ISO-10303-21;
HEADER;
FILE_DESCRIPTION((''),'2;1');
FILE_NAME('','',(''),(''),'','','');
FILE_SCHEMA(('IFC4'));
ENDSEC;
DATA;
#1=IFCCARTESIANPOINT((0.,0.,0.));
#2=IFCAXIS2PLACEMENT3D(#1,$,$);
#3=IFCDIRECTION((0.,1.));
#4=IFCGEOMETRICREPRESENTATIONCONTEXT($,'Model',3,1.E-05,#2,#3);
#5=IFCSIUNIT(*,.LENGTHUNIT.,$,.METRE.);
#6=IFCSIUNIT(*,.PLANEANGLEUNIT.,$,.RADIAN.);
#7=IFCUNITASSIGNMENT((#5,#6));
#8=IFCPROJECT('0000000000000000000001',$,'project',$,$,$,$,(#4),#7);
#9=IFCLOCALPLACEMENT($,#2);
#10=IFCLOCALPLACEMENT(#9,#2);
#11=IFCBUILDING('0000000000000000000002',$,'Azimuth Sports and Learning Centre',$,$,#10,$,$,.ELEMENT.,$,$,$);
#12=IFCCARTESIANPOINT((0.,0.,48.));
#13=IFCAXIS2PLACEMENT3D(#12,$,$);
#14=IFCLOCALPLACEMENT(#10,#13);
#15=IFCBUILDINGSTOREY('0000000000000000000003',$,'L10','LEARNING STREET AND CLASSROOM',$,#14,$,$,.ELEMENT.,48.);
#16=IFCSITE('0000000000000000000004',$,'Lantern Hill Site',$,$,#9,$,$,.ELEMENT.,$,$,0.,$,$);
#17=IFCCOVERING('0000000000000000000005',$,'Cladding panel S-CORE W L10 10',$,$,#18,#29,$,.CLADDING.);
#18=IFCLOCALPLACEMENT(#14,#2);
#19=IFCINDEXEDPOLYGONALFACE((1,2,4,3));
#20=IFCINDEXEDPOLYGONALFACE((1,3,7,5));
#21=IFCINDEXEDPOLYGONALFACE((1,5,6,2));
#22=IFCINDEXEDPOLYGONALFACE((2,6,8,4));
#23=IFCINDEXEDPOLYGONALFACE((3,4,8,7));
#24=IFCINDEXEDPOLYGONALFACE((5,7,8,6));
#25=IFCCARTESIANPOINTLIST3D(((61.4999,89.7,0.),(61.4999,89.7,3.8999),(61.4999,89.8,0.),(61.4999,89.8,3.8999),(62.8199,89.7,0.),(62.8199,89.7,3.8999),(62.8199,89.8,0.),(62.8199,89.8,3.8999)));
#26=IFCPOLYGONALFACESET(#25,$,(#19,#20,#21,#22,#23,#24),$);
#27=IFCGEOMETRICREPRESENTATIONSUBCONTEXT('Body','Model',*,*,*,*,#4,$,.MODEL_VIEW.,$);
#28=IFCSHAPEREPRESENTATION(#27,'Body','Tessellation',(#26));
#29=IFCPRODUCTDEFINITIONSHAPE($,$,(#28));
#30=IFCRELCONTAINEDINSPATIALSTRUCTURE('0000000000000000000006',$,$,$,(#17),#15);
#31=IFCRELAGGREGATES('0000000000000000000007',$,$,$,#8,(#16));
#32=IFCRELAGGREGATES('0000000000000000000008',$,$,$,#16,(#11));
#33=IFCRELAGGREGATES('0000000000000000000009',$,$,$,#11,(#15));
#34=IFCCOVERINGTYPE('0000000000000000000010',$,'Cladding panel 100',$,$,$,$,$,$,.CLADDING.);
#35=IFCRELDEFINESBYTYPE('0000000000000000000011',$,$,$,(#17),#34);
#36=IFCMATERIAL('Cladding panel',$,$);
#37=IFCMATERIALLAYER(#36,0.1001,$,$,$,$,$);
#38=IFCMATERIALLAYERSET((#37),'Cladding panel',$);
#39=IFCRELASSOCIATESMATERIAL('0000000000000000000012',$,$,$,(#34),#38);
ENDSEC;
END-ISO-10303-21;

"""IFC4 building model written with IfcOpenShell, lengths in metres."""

from ifc_helpers import new_model, si_unit, direction, frame, origin, origin_2d, place, context, subcontext, project, spatial, rectangle, extrude, material, layer, layer_set, type_object, element, save


model = new_model("IFC4")

# Units and contexts
model_context = context("Model", 3, precision=1e-05, world=origin(), true_north=direction((0.0, 1.0)))
body_context = subcontext(model_context, "Body", "Model", "MODEL_VIEW")
ifc_project = project(units=[si_unit("LENGTHUNIT", "METRE"), si_unit("PLANEANGLEUNIT", "RADIAN")], contexts=[model_context])

# Site, building, storey
site_placement = place(None, origin())
site = spatial("IfcSite", under=ifc_project, at=site_placement, Name="Lantern Hill Site", CompositionType="ELEMENT", RefElevation=0.0)
building_placement = place(site_placement, origin())
building = spatial("IfcBuilding", under=site, at=building_placement, Name="Azimuth Sports and Learning Centre", CompositionType="ELEMENT")
storey_placement = place(building_placement, frame((0.0, 0.0, 48.0)))
storey = spatial("IfcBuildingStorey", under=building, at=storey_placement, Name="L10", Description="LEARNING STREET AND CLASSROOM", CompositionType="ELEMENT", Elevation=48.0)

# Covering
ifc_material_1 = material(Name="Cladding panel")
ifc_layer_1 = layer(ifc_material_1, 0.1001)
ifc_layer_set_1 = layer_set([ifc_layer_1], Name="Cladding panel")
covering_type = type_object("IfcCoveringType", Name="Cladding panel 100", PredefinedType="CLADDING", material=ifc_layer_set_1)
covering_1_placement = place(storey_placement, frame((62.1599, 89.75, 0.0), z_axis=(0.0, 0.0, 1.0), x_axis=(1.0, 0.0, 0.0)))
element("IfcCovering", 1, at=covering_1_placement, inside=storey, type_object=covering_type, Name="Cladding panel S-CORE W L10 10", PredefinedType="CLADDING", context=body_context, shape_type="SweptSolid", body=[
    extrude(rectangle(XDim=1.3201, YDim=0.1001, at=origin_2d()), origin(), (0.0, 0.0, 1.0), 3.8999),
])

save(model, "model.ifc")
